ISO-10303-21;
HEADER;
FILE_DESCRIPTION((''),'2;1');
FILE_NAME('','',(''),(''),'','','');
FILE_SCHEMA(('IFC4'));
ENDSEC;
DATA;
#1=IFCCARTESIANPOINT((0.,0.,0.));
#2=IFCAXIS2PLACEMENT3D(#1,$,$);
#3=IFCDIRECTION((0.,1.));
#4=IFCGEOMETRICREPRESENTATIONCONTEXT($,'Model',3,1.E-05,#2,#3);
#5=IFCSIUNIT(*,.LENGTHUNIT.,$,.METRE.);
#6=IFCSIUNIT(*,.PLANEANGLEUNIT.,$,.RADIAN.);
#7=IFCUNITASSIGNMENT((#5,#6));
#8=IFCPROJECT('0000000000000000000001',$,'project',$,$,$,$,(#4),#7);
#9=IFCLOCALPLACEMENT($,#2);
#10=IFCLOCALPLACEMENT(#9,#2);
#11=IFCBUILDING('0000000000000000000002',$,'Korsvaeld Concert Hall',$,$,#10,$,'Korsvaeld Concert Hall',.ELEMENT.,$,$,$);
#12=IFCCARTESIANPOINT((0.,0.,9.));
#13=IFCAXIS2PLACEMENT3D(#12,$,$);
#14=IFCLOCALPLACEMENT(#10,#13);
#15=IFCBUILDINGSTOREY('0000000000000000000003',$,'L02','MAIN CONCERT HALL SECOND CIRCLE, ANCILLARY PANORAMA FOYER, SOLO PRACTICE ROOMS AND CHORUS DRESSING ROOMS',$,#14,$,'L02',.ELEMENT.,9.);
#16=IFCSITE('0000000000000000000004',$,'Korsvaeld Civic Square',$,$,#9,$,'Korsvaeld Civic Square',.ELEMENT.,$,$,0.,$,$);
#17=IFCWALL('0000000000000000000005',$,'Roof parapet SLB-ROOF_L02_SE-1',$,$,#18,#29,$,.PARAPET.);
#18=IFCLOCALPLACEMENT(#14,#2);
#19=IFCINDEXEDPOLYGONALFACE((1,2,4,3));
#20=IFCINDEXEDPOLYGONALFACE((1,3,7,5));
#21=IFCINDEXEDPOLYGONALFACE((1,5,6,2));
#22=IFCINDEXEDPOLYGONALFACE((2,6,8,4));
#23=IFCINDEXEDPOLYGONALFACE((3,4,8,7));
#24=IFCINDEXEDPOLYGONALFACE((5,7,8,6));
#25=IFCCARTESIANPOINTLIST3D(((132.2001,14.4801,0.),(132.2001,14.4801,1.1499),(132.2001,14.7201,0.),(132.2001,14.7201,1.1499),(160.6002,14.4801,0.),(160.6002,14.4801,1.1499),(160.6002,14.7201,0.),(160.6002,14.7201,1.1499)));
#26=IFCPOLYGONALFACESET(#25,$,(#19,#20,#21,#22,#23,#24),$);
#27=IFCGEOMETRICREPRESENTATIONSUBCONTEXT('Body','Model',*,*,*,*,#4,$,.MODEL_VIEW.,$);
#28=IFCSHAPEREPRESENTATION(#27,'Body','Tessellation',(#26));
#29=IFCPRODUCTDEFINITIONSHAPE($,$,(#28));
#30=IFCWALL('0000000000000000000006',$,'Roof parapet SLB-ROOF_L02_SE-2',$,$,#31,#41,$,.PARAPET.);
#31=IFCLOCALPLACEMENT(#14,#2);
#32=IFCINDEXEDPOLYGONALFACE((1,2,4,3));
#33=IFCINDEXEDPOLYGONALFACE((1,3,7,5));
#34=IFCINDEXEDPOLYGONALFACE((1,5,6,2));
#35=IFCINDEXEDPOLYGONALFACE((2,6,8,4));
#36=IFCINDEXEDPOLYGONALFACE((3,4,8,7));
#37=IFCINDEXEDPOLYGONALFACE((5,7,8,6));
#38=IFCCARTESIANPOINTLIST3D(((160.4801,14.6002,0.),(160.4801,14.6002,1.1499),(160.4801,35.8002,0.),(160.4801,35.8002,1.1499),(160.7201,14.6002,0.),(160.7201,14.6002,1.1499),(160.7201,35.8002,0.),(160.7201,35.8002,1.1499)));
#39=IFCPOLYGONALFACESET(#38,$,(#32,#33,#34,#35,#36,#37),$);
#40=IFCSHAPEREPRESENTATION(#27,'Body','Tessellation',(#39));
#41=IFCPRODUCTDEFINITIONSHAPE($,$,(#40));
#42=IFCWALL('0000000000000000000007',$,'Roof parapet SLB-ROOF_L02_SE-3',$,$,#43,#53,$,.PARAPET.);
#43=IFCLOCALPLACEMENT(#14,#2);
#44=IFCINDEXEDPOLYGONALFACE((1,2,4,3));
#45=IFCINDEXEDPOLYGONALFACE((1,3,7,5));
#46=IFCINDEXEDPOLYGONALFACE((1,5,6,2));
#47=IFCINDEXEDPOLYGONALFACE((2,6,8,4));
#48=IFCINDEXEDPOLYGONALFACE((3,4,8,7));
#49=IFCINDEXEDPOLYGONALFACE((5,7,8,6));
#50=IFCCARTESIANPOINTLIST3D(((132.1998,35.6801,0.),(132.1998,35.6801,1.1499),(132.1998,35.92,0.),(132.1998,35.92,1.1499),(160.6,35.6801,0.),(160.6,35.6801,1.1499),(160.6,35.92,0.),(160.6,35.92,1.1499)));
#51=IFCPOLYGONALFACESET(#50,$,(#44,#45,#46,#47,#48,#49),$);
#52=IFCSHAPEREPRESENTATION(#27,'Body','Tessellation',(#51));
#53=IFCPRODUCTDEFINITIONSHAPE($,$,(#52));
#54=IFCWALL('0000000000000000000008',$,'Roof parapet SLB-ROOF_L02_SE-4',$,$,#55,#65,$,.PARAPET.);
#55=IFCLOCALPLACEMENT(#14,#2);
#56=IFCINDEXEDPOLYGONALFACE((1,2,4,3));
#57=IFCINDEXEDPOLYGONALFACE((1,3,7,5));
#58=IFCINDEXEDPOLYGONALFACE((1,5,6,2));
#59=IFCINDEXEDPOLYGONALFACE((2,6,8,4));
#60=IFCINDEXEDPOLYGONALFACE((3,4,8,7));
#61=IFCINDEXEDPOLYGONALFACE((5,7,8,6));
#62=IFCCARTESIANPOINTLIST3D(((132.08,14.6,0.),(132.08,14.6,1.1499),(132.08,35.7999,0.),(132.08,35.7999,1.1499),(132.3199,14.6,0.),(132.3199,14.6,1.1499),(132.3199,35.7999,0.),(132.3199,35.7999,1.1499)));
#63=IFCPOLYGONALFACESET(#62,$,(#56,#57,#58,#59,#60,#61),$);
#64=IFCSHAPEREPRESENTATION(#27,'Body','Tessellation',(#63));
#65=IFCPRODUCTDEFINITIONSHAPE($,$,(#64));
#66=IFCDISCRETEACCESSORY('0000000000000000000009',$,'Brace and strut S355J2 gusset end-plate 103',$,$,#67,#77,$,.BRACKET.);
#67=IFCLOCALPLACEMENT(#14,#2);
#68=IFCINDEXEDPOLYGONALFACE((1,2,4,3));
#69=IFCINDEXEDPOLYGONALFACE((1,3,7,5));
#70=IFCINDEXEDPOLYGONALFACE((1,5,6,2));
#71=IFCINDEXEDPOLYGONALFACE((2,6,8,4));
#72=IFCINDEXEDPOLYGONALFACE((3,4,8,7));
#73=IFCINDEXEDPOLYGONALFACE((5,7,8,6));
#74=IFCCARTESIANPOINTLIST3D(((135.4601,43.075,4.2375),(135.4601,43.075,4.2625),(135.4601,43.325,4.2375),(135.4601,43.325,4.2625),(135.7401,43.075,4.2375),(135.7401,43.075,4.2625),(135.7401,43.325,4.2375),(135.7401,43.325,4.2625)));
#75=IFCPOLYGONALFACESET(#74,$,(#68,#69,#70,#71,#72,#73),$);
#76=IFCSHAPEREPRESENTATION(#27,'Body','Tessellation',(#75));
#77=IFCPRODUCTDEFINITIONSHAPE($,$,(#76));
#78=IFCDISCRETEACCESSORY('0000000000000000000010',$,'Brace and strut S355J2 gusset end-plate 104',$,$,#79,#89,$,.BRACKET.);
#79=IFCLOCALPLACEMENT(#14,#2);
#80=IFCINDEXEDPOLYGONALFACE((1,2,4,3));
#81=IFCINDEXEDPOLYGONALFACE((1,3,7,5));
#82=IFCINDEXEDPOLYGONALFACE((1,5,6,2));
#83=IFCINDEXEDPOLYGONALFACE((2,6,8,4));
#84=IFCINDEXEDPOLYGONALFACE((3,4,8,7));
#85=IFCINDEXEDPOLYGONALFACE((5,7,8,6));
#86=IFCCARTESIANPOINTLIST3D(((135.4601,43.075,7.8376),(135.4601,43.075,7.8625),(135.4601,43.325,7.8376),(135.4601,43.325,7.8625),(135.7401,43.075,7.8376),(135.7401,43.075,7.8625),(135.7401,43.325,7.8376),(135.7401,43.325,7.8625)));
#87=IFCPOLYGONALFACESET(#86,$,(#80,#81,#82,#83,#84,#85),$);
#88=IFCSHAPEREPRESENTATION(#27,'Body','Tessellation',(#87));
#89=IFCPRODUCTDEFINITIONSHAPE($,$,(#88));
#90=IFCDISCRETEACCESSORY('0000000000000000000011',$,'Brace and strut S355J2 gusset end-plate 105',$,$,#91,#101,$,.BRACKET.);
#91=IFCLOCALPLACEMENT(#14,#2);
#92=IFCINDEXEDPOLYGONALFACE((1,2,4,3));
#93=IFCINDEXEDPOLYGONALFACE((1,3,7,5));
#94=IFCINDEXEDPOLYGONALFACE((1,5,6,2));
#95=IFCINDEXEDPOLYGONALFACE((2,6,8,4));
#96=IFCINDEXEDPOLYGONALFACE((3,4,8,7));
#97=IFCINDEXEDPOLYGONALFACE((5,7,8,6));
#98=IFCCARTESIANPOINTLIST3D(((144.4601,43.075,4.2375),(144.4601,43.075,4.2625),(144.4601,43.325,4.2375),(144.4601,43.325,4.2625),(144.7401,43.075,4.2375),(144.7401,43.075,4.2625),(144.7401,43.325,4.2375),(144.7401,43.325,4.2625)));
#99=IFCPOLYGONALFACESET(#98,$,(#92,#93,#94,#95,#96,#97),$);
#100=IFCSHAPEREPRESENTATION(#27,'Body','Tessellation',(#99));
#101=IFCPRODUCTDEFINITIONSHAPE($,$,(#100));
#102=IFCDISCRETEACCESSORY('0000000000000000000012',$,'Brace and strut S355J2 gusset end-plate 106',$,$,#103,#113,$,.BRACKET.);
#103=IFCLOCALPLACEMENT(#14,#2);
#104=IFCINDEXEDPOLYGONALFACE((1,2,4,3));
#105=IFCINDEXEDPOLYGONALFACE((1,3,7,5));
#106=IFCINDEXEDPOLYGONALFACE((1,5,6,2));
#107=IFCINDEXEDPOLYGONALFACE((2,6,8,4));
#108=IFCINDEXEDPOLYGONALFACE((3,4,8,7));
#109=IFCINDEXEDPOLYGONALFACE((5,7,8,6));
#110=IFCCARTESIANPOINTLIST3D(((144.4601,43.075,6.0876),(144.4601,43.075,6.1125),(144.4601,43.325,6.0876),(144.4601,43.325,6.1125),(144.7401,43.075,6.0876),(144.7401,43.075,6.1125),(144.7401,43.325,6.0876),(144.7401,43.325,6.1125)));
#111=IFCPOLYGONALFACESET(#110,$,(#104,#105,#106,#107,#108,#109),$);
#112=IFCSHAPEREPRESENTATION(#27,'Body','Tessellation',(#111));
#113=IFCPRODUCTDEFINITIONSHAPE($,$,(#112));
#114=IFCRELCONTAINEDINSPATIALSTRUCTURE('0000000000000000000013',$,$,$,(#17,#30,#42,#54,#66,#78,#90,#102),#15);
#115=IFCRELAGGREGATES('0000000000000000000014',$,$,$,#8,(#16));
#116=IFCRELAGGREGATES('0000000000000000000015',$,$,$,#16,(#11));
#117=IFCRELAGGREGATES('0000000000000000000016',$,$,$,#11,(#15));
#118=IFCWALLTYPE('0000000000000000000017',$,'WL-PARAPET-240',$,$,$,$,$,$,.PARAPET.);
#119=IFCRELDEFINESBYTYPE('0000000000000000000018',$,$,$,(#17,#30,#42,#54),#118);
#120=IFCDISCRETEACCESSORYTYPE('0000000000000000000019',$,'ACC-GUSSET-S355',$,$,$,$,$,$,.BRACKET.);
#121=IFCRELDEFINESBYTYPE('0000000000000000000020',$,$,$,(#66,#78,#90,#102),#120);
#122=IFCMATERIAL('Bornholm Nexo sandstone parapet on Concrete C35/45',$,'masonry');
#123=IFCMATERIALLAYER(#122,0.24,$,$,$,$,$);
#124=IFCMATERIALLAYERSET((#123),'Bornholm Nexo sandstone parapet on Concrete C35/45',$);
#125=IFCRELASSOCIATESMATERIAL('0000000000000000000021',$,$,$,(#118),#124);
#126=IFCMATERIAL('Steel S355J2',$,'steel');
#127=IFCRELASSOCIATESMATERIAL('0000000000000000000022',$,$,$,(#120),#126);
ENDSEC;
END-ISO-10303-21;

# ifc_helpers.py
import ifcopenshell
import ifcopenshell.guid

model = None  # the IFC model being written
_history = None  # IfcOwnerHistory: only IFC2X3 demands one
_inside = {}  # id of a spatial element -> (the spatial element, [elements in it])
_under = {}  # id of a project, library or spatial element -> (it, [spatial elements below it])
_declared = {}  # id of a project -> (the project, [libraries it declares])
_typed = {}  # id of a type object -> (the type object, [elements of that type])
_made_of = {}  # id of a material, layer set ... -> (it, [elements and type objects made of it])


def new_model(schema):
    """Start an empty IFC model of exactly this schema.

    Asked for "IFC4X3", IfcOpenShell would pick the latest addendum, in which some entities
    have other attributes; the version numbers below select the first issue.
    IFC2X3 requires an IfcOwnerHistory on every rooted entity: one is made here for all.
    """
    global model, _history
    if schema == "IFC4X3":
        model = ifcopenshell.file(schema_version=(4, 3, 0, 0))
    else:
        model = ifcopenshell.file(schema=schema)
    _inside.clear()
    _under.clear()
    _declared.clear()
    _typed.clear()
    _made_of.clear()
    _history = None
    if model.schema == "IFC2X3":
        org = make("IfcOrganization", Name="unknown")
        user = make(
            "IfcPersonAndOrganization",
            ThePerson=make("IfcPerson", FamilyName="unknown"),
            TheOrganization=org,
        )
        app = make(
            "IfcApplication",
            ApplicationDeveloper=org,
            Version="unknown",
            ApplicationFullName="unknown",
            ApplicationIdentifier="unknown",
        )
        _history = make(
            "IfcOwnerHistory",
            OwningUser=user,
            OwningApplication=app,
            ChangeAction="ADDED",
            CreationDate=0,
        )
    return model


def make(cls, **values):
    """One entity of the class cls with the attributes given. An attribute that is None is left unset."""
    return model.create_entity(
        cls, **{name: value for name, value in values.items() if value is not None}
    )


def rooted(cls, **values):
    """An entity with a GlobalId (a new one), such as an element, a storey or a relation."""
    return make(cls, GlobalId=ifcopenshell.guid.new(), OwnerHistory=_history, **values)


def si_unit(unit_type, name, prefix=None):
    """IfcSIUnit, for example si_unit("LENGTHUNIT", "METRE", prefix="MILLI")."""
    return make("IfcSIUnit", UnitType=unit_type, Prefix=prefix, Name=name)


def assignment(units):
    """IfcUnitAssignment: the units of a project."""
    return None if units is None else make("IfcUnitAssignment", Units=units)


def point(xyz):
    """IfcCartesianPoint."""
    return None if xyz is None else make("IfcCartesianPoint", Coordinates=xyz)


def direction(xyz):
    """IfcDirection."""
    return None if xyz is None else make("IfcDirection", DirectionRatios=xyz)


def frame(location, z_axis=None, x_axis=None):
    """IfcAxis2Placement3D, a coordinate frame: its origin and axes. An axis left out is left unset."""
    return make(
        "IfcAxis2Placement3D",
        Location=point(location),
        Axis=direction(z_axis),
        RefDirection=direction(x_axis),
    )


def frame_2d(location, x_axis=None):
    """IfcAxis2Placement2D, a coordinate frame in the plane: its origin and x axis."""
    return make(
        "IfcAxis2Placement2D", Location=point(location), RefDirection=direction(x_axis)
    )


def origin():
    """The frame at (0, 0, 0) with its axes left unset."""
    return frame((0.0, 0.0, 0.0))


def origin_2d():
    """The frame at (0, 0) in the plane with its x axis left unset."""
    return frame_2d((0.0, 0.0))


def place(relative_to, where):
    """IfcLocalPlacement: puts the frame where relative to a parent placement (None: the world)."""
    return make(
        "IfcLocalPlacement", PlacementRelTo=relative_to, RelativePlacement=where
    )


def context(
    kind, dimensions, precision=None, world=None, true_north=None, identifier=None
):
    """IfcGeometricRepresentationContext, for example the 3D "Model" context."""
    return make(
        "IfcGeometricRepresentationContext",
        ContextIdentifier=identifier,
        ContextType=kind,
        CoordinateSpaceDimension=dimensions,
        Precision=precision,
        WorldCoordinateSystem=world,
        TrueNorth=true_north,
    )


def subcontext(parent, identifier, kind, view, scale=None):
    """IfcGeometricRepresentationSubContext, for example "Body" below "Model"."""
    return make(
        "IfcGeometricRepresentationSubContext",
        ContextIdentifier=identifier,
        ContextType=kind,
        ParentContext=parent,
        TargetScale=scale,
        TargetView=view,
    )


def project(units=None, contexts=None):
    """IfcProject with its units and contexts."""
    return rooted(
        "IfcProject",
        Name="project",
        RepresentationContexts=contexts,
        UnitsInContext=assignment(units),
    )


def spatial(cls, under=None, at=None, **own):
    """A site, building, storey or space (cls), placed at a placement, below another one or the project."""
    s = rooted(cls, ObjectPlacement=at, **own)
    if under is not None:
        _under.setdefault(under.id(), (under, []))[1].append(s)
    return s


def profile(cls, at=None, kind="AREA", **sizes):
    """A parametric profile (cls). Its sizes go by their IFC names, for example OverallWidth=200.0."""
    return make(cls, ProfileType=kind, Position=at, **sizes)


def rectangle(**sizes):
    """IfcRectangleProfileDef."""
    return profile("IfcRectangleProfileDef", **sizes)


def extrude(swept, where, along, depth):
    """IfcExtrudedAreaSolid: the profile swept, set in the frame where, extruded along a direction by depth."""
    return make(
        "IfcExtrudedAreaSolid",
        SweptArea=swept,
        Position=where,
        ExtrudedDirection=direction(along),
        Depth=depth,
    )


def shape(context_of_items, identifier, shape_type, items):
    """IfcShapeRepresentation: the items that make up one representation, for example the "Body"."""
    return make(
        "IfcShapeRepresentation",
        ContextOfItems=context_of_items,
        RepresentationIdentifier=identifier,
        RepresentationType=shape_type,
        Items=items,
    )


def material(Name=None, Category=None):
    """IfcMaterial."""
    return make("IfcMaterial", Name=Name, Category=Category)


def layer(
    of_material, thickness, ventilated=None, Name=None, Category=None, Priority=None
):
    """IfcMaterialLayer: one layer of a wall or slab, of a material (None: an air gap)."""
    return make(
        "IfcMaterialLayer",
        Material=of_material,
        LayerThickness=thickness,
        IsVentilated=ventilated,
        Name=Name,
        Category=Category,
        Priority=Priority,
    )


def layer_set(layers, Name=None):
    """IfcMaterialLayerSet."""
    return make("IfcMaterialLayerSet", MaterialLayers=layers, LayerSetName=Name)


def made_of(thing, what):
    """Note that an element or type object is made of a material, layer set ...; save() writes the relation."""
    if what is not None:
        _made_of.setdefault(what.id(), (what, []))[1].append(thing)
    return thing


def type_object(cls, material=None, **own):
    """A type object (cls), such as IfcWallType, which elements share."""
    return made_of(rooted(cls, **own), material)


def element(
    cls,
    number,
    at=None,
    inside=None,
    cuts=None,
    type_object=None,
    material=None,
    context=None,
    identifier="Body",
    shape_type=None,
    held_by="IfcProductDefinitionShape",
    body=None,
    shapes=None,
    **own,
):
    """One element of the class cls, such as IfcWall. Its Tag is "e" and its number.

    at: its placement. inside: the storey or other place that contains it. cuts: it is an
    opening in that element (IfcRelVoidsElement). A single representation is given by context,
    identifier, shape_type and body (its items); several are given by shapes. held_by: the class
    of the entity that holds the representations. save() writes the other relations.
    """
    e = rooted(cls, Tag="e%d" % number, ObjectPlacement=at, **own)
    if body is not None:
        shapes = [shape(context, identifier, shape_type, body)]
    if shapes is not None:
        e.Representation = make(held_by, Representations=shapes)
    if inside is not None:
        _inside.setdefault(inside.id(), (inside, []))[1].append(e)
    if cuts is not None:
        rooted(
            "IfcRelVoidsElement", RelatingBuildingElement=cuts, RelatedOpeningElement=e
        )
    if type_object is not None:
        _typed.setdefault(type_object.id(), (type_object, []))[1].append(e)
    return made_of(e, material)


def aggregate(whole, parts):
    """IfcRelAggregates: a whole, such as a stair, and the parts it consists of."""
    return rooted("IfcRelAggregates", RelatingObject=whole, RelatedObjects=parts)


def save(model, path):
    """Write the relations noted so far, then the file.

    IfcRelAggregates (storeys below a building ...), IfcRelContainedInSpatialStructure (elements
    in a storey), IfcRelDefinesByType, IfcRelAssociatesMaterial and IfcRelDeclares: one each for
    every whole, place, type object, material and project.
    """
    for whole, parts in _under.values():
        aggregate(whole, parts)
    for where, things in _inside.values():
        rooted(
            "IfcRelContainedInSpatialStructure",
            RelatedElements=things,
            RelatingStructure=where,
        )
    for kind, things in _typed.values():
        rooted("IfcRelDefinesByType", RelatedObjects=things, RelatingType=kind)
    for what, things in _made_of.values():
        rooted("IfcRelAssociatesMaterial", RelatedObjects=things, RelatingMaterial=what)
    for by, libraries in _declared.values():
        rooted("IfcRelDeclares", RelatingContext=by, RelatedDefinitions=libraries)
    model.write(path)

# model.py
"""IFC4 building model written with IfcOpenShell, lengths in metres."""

from ifc_helpers import new_model, si_unit, direction, frame, frame_2d, origin, origin_2d, place, context, subcontext, project, spatial, rectangle, extrude, material, layer, layer_set, type_object, element, save


model = new_model("IFC4")

# Units and contexts
model_context = context("Model", 3, precision=1e-05, world=origin(), true_north=direction((0.0, 1.0)))
body_context = subcontext(model_context, "Body", "Model", "MODEL_VIEW")
ifc_project = project(units=[si_unit("LENGTHUNIT", "METRE"), si_unit("PLANEANGLEUNIT", "RADIAN")], contexts=[model_context])

# Site, building, storey
site_placement = place(None, origin())
site = spatial("IfcSite", under=ifc_project, at=site_placement, Name="Korsvaeld Civic Square", LongName="Korsvaeld Civic Square", CompositionType="ELEMENT", RefElevation=0.0)
building_placement = place(site_placement, origin())
building = spatial("IfcBuilding", under=site, at=building_placement, Name="Korsvaeld Concert Hall", LongName="Korsvaeld Concert Hall", CompositionType="ELEMENT")
storey_placement = place(building_placement, frame((0.0, 0.0, 9.0)))
storey = spatial("IfcBuildingStorey", under=building, at=storey_placement, Name="L02", Description="MAIN CONCERT HALL SECOND CIRCLE, ANCILLARY PANORAMA FOYER, SOLO PRACTICE ROOMS AND CHORUS DRESSING ROOMS", LongName="L02", CompositionType="ELEMENT", Elevation=9.0)

# Shared definitions
ifc_material_1 = material(Name="Steel S355J2", Category="steel")

# Walls
ifc_material_2 = material(Name="Bornholm Nexo sandstone parapet on Concrete C35/45", Category="masonry")
ifc_layer_1 = layer(ifc_material_2, 0.24)
ifc_layer_set_1 = layer_set([ifc_layer_1], Name="Bornholm Nexo sandstone parapet on Concrete C35/45")
wall_type_1 = type_object("IfcWallType", Name="WL-PARAPET-240", PredefinedType="PARAPET", material=ifc_layer_set_1)
wall_1_placement = place(storey_placement, frame((132.2, 14.6001, 0.0), z_axis=(0.0, 0.0, 1.0), x_axis=(1.0, 0.0, 0.0)))
element("IfcWall", 1, at=wall_1_placement, inside=storey, type_object=wall_type_1, Name="Roof parapet SLB-ROOF_L02_SE-1", PredefinedType="PARAPET", context=body_context, shape_type="SweptSolid", body=[
    extrude(rectangle(XDim=28.4001, YDim=0.24, at=frame_2d((14.2002, 0.0))), origin(), (0.0, 0.0, 1.0), 1.1499),
])
wall_2_placement = place(storey_placement, frame((160.6001, 14.6001, 0.0), z_axis=(0.0, 0.0, 1.0), x_axis=(0.0, 1.0, 0.0)))
element("IfcWall", 2, at=wall_2_placement, inside=storey, type_object=wall_type_1, Name="Roof parapet SLB-ROOF_L02_SE-2", PredefinedType="PARAPET", context=body_context, shape_type="SweptSolid", body=[
    extrude(rectangle(XDim=21.2, YDim=0.24, at=frame_2d((10.6001, 0.0))), origin(), (0.0, 0.0, 1.0), 1.1499),
])
wall_3_placement = place(storey_placement, frame((160.6001, 35.8, 0.0), z_axis=(0.0, 0.0, 1.0), x_axis=(-1.0, 0.0, 0.0)))
element("IfcWall", 3, at=wall_3_placement, inside=storey, type_object=wall_type_1, Name="Roof parapet SLB-ROOF_L02_SE-3", PredefinedType="PARAPET", context=body_context, shape_type="SweptSolid", body=[
    extrude(rectangle(XDim=28.4001, YDim=0.24, at=frame_2d((14.2002, 0.0))), origin(), (0.0, 0.0, 1.0), 1.1499),
])
wall_4_placement = place(storey_placement, frame((132.2, 35.8, 0.0), z_axis=(0.0, 0.0, 1.0), x_axis=(0.0, -1.0, 0.0)))
element("IfcWall", 4, at=wall_4_placement, inside=storey, type_object=wall_type_1, Name="Roof parapet SLB-ROOF_L02_SE-4", PredefinedType="PARAPET", context=body_context, shape_type="SweptSolid", body=[
    extrude(rectangle(XDim=21.2, YDim=0.24, at=frame_2d((10.6001, 0.0))), origin(), (0.0, 0.0, 1.0), 1.1499),
])

# Discrete accessories
discrete_accessory_type = type_object("IfcDiscreteAccessoryType", Name="ACC-GUSSET-S355", PredefinedType="BRACKET", material=ifc_material_1)
for number, where, z_axis, x_axis, name in (
    (5, (135.6001, 43.2, 4.2375), (0.0, 0.0, 1.0), (1.0, 0.0, 0.0), "Brace and strut S355J2 gusset end-plate 103"),
    (6, (135.6001, 43.2, 7.8376), (0.0, 0.0, 1.0), (1.0, 0.0, 0.0), "Brace and strut S355J2 gusset end-plate 104"),
    (7, (144.6001, 43.2, 4.2375), (0.0, 0.0, 1.0), (1.0, 0.0, 0.0), "Brace and strut S355J2 gusset end-plate 105"),
    (8, (144.6001, 43.2, 6.0876), (0.0, 0.0, 1.0), (1.0, 0.0, 0.0), "Brace and strut S355J2 gusset end-plate 106"),
):
    element("IfcDiscreteAccessory", number, at=place(storey_placement, frame(where, z_axis=z_axis, x_axis=x_axis)), inside=storey, type_object=discrete_accessory_type, Name=name, PredefinedType="BRACKET", context=body_context, shape_type="SweptSolid", body=[
        extrude(rectangle(XDim=0.28, YDim=0.25, at=origin_2d()), origin(), (0.0, 0.0, 1.0), 0.0249),
    ])

save(model, "model.ifc")
